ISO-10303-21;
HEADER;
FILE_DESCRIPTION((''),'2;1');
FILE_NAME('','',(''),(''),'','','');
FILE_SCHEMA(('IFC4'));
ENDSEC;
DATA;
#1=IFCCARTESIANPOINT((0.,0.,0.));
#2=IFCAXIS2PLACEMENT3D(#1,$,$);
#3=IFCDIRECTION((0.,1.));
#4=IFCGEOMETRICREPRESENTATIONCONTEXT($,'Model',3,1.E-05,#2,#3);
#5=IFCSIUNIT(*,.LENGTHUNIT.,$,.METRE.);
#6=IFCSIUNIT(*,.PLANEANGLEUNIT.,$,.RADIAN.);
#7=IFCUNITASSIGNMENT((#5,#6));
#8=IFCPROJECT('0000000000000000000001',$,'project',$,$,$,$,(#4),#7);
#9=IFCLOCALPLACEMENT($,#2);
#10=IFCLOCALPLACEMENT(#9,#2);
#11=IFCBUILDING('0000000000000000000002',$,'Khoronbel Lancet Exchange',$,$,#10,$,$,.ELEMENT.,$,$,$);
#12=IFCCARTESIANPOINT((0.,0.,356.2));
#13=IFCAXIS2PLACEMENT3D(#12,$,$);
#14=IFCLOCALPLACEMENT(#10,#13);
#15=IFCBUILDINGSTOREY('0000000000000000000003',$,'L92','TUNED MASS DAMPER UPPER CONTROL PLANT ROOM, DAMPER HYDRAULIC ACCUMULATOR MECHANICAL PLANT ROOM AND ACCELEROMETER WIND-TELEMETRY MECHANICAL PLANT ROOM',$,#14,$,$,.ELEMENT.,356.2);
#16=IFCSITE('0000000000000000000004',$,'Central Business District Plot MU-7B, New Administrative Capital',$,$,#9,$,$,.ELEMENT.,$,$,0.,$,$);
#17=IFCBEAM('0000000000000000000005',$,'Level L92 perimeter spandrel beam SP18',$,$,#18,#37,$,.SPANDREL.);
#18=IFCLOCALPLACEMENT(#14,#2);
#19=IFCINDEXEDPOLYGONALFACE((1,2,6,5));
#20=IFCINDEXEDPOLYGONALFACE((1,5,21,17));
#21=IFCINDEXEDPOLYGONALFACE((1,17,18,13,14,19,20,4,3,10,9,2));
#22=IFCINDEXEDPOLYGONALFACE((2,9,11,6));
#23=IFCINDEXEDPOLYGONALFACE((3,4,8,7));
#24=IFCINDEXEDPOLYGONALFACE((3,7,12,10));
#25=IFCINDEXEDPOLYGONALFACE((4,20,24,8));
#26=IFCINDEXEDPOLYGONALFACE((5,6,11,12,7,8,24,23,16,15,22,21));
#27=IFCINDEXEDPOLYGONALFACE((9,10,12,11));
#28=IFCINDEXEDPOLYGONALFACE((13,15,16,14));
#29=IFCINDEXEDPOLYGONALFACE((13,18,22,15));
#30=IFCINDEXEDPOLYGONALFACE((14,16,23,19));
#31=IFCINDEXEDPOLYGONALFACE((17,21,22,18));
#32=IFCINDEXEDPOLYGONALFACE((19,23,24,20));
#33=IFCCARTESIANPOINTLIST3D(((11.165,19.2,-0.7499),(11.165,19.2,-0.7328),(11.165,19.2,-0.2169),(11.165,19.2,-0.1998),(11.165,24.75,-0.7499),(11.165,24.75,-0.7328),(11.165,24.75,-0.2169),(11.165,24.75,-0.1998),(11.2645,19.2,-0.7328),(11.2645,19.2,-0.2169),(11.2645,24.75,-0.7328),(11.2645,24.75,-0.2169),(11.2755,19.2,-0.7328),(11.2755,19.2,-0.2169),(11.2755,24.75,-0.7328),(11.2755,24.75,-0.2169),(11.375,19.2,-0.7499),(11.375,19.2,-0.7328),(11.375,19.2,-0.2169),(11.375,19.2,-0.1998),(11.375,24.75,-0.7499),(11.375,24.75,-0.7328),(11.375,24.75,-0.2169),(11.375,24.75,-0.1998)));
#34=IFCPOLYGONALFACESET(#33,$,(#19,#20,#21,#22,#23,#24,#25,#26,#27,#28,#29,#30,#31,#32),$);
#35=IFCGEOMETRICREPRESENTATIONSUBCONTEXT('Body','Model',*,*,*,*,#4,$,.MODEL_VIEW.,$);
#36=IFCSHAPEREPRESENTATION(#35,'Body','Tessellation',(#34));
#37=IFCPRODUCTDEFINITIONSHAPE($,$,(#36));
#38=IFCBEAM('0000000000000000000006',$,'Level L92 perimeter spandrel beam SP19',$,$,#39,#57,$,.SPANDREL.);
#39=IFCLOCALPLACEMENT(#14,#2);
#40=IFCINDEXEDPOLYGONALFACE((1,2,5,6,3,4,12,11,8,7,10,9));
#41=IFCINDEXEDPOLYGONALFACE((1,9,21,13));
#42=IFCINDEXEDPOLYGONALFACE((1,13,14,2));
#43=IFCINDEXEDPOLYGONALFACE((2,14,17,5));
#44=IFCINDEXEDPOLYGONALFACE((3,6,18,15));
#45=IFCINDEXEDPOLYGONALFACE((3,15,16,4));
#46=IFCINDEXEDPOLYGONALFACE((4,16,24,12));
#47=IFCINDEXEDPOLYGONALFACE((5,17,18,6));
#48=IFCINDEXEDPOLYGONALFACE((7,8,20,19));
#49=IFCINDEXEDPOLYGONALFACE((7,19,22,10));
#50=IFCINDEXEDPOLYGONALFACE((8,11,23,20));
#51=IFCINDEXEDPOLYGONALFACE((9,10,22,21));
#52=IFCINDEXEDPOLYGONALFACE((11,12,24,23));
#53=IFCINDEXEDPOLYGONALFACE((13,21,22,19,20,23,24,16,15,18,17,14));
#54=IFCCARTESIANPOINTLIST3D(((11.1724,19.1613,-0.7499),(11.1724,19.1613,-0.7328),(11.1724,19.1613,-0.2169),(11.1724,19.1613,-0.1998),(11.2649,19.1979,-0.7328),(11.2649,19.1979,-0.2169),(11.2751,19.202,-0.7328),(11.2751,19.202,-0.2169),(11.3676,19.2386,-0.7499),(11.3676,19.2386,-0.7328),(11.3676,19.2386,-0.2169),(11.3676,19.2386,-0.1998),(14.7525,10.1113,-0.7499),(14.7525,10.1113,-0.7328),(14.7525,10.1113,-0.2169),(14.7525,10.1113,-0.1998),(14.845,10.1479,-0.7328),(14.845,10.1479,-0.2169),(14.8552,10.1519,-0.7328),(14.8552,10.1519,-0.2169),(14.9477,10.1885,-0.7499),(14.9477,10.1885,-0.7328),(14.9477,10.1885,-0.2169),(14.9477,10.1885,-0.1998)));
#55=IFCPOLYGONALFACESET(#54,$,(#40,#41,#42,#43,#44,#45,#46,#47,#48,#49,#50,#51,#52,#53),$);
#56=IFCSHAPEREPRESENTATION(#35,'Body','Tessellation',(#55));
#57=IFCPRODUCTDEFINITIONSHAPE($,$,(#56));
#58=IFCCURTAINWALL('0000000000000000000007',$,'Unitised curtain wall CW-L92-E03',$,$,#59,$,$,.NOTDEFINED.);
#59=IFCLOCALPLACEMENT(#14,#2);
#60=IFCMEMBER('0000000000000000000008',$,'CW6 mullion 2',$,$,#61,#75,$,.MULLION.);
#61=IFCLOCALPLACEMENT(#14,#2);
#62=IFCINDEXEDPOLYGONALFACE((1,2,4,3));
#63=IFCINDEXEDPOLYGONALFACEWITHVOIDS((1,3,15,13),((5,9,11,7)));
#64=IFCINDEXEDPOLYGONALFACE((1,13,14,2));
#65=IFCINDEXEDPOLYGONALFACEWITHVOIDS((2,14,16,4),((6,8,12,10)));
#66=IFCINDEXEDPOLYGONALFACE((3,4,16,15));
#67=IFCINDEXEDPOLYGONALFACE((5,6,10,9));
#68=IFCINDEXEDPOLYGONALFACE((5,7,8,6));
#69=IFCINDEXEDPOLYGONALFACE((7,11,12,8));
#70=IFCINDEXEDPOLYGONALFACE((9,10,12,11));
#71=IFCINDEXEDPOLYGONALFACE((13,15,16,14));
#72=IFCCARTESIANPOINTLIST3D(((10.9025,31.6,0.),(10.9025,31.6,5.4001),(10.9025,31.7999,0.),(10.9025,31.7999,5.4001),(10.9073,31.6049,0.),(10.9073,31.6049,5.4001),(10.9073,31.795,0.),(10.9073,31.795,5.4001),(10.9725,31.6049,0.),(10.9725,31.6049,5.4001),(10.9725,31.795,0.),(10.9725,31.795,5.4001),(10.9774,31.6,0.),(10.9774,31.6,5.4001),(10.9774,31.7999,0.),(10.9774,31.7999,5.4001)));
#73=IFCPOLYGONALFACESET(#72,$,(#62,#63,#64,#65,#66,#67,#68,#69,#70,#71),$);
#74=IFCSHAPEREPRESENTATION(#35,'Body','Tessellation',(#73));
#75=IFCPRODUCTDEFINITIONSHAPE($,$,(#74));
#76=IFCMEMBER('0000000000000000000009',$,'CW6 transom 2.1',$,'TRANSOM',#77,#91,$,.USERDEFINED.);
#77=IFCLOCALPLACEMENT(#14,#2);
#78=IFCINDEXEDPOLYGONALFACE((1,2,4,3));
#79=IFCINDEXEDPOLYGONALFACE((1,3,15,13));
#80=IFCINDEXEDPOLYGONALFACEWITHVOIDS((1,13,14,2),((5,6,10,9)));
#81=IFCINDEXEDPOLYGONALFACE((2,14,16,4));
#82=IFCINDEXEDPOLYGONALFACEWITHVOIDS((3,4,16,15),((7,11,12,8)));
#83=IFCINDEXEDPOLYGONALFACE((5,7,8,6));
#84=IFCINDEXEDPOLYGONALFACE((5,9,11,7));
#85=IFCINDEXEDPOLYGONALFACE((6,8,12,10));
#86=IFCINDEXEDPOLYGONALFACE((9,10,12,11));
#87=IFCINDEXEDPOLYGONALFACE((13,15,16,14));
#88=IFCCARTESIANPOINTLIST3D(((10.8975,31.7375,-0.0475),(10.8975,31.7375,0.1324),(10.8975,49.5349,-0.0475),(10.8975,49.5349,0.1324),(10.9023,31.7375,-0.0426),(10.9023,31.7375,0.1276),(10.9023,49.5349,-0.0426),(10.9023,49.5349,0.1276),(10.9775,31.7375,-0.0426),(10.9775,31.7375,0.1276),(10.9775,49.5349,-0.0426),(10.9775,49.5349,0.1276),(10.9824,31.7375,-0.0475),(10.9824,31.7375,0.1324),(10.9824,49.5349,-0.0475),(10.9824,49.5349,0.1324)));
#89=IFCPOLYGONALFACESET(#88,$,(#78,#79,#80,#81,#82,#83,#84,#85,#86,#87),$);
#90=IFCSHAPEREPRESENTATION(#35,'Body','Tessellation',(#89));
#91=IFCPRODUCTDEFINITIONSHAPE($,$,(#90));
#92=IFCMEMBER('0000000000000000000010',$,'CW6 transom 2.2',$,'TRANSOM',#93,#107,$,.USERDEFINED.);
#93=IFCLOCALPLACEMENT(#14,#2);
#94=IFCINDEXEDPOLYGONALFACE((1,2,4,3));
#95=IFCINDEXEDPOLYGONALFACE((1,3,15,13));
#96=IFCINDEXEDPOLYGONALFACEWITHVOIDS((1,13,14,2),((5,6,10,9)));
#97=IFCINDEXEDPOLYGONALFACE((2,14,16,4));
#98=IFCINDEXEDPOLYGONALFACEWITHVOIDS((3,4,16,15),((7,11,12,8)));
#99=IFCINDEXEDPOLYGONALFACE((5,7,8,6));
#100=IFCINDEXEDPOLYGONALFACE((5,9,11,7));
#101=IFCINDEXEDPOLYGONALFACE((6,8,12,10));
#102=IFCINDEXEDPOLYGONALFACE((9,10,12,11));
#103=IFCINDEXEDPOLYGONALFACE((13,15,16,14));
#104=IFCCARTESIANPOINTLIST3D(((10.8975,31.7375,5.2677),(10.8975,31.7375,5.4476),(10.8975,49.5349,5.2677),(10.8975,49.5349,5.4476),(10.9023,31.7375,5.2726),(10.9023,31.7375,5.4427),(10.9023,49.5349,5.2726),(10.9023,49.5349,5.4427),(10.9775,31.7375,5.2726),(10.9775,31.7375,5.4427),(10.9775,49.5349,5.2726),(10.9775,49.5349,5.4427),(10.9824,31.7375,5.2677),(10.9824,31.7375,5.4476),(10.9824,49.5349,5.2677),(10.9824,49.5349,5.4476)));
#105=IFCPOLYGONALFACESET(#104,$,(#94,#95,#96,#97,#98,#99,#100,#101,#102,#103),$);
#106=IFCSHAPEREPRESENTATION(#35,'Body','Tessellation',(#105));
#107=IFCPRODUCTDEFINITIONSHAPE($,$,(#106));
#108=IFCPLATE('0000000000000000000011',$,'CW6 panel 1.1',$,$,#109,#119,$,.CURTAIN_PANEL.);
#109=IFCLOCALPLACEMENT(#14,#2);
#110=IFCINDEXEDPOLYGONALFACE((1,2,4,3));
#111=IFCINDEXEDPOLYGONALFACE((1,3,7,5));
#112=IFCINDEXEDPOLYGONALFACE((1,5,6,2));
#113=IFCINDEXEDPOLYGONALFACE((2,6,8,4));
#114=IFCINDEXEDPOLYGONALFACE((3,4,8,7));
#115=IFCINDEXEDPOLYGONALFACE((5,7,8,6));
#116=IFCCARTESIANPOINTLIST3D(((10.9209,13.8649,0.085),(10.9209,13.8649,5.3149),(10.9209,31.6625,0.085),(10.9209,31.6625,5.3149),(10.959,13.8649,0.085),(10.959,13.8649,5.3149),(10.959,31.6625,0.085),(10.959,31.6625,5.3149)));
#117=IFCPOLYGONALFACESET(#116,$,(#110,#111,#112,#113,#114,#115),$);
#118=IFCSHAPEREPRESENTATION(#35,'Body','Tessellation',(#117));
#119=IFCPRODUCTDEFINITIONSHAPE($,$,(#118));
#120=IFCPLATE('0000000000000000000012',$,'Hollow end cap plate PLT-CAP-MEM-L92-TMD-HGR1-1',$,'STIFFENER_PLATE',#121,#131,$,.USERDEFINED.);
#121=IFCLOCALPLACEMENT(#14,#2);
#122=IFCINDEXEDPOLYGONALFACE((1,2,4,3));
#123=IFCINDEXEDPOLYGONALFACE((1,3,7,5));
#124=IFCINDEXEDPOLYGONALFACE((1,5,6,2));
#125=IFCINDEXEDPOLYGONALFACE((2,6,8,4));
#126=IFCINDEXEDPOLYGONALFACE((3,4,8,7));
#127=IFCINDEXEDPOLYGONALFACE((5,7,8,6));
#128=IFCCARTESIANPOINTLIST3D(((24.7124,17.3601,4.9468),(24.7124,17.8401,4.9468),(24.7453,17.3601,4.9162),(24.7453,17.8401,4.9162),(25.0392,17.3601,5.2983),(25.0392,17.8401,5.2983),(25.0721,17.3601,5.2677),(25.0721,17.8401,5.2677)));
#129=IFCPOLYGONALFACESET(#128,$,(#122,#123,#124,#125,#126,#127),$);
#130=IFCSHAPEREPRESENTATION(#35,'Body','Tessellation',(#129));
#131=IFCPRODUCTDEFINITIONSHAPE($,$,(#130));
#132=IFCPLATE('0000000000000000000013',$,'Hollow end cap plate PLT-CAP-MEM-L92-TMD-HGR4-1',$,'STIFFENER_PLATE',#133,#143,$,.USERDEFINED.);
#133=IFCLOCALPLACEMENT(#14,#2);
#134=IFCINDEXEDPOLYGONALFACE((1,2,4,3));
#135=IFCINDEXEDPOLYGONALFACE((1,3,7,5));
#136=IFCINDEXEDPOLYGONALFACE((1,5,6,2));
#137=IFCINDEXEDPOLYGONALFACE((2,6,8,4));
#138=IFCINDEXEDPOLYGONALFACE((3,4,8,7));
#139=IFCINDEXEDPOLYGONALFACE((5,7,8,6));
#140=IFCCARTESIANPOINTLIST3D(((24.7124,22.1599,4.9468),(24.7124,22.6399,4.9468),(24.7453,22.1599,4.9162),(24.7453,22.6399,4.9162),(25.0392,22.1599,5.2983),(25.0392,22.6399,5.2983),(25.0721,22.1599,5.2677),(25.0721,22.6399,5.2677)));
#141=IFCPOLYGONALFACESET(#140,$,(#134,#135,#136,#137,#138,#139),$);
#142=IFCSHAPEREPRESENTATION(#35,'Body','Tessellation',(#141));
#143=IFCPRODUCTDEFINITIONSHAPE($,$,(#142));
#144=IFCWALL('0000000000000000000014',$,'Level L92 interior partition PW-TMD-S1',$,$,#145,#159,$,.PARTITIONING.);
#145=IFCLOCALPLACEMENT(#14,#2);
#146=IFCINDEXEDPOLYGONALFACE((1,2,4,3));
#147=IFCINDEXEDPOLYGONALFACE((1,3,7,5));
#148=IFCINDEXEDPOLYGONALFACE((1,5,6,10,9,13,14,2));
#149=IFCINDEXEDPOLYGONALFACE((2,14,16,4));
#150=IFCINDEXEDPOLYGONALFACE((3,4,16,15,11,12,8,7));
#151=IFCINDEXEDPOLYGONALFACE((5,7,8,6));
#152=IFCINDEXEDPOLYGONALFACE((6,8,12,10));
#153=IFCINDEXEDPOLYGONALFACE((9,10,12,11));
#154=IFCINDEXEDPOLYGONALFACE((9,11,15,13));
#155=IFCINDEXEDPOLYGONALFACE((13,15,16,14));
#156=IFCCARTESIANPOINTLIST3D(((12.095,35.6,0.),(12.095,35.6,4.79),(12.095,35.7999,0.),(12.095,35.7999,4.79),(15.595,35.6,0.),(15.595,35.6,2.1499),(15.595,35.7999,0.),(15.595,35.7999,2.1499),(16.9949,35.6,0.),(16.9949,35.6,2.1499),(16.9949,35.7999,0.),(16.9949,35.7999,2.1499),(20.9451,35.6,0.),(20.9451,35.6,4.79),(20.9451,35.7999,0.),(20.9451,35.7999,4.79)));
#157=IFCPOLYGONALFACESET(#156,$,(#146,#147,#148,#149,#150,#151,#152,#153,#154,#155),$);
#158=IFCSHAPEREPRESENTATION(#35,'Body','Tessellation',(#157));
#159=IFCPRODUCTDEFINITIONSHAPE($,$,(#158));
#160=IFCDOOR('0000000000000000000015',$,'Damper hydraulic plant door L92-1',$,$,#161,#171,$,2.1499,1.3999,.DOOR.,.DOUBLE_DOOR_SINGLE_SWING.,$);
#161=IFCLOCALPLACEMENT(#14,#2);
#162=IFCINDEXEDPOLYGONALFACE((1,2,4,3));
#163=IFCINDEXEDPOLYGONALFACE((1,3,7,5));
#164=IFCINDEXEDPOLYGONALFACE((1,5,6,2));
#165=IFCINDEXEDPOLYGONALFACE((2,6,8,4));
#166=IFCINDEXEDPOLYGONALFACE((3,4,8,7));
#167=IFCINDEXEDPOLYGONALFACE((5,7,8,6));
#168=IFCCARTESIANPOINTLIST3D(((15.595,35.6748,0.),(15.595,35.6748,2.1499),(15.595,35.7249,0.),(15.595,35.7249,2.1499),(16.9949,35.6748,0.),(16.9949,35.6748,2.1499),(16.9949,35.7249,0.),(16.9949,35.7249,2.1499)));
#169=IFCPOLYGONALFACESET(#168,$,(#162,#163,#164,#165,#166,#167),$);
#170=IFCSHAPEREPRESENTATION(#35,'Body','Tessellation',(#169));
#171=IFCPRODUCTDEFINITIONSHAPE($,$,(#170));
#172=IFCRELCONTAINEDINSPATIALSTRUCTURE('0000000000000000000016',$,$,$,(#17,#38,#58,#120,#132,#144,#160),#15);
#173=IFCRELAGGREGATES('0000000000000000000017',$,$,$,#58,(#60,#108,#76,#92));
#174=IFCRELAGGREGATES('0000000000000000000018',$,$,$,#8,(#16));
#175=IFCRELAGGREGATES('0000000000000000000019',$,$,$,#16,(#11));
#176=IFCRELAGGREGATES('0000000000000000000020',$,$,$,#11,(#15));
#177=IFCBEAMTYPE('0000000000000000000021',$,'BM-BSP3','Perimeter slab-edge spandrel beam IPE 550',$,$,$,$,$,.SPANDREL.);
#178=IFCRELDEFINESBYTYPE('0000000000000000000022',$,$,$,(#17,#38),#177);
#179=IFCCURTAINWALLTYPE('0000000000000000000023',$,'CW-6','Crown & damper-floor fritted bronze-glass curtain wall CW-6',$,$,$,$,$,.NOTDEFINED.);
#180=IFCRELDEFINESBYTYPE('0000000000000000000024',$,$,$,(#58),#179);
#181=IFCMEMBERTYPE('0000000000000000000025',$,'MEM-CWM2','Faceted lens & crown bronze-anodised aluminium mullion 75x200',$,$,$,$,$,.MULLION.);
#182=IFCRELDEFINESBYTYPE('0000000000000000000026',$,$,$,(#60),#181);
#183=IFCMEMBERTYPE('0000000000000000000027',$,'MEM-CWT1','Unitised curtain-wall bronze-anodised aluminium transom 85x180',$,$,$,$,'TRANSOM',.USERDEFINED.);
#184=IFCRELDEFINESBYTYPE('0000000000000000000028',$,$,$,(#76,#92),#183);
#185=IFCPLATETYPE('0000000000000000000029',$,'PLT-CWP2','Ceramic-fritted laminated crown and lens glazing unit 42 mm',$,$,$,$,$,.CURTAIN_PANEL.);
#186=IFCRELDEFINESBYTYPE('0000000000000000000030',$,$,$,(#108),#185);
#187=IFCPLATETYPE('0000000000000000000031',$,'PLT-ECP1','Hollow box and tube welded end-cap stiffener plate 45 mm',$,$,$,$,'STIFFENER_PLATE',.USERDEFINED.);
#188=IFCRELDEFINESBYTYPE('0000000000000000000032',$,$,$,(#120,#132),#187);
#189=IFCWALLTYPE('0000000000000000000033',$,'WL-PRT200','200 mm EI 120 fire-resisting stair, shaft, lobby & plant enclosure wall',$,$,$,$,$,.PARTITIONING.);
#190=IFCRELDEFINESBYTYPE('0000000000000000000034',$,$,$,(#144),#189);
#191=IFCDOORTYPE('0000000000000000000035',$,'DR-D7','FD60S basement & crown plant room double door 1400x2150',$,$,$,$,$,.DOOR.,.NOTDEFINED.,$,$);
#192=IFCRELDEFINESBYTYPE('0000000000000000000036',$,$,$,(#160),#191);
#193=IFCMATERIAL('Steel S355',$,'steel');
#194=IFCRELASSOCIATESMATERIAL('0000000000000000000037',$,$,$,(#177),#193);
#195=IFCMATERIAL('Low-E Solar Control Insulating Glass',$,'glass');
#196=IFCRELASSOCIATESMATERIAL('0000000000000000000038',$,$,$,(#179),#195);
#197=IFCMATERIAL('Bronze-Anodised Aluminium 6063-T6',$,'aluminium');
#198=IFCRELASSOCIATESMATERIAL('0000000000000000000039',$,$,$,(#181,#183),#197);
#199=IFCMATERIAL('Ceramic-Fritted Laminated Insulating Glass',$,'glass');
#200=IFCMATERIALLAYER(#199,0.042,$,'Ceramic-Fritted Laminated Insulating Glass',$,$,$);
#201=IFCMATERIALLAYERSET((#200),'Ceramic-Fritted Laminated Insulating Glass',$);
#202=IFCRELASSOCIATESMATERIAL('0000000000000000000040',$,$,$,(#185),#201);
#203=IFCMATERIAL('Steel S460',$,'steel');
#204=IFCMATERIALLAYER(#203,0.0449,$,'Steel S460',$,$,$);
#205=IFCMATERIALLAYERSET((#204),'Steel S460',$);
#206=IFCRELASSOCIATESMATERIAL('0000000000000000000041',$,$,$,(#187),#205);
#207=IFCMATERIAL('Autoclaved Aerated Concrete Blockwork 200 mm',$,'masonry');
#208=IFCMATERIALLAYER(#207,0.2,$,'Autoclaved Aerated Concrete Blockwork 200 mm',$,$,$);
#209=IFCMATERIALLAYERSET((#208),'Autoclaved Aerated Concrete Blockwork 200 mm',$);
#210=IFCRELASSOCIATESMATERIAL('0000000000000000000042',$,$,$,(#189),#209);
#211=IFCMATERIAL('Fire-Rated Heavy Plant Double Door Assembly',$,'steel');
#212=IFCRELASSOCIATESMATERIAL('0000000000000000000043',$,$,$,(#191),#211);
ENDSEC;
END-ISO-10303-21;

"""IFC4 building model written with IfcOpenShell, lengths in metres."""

from ifc_helpers import new_model, si_unit, direction, frame, frame_2d, origin, origin_2d, place, context, subcontext, project, spatial, polyline, rectangle, hollow_rectangle, i_section, outline, extrude, material, layer, layer_set, material_profile, profile_set, type_object, element, fill, aggregate, save


model = new_model("IFC4")

# Units and contexts
model_context = context("Model", 3, precision=1e-05, world=origin(), true_north=direction((0.0, 1.0)))
body_context = subcontext(model_context, "Body", "Model", "MODEL_VIEW")
ifc_project = project(units=[si_unit("LENGTHUNIT", "METRE"), si_unit("PLANEANGLEUNIT", "RADIAN")], contexts=[model_context])

# Site, building, storey
site_placement = place(None, origin())
site = spatial("IfcSite", under=ifc_project, at=site_placement, Name="Central Business District Plot MU-7B, New Administrative Capital", CompositionType="ELEMENT", RefElevation=0.0)
building_placement = place(site_placement, origin())
building = spatial("IfcBuilding", under=site, at=building_placement, Name="Khoronbel Lancet Exchange", CompositionType="ELEMENT")
storey_placement = place(building_placement, frame((0.0, 0.0, 356.2)))
storey = spatial("IfcBuildingStorey", under=building, at=storey_placement, Name="L92", Description="TUNED MASS DAMPER UPPER CONTROL PLANT ROOM, DAMPER HYDRAULIC ACCUMULATOR MECHANICAL PLANT ROOM AND ACCELEROMETER WIND-TELEMETRY MECHANICAL PLANT ROOM", CompositionType="ELEMENT", Elevation=356.2)

# Shared definitions
ifc_material_1 = material(Name="Steel S355", Category="steel")

# Beams
ifc_material_profile_1 = material_profile(ifc_material_1, i_section(OverallWidth=0.21, OverallDepth=0.55, WebThickness=0.011, FlangeThickness=0.0171, at=origin_2d()), Name="IPE 550")
ifc_profile_set_1 = profile_set([ifc_material_profile_1], Name="Steel S355")
beam_type_1 = type_object("IfcBeamType", Name="BM-BSP3", Description="Perimeter slab-edge spandrel beam IPE 550", PredefinedType="SPANDREL", material=ifc_profile_set_1)
beam_1_placement = place(storey_placement, frame((11.27, 24.75, -0.4749), z_axis=(0.0, -1.0, 0.0), x_axis=(1.0, 0.0, 0.0)))
element("IfcBeam", 1, at=beam_1_placement, inside=storey, type_object=beam_type_1, Name="Level L92 perimeter spandrel beam SP18", PredefinedType="SPANDREL", context=body_context, shape_type="SweptSolid", body=[
    extrude(i_section(OverallWidth=0.21, OverallDepth=0.55, WebThickness=0.011, FlangeThickness=0.0171, at=origin_2d()), origin(), (0.0, 0.0, 1.0), 5.55),
])
beam_2_placement = place(storey_placement, frame((11.27, 19.2, -0.4749), z_axis=(0.36785, -0.929885, 0.0), x_axis=(0.929885, 0.36785, 0.0)))
element("IfcBeam", 2, at=beam_2_placement, inside=storey, type_object=beam_type_1, Name="Level L92 perimeter spandrel beam SP19", PredefinedType="SPANDREL", context=body_context, shape_type="SweptSolid", body=[
    extrude(i_section(OverallWidth=0.21, OverallDepth=0.55, WebThickness=0.011, FlangeThickness=0.0171, at=origin_2d()), origin(), (0.0, 0.0, 1.0), 9.7324),
])

# Curtain wall, members, plate
ifc_material_2 = material(Name="Low-E Solar Control Insulating Glass", Category="glass")
curtain_wall_type = type_object("IfcCurtainWallType", Name="CW-6", Description="Crown & damper-floor fritted bronze-glass curtain wall CW-6", PredefinedType="NOTDEFINED", material=ifc_material_2)
curtain_wall_placement = place(storey_placement, origin())
curtain_wall = element("IfcCurtainWall", 3, at=curtain_wall_placement, inside=storey, type_object=curtain_wall_type, Name="Unitised curtain wall CW-L92-E03", PredefinedType="NOTDEFINED")
ifc_material_3 = material(Name="Bronze-Anodised Aluminium 6063-T6", Category="aluminium")
ifc_material_profile_2 = material_profile(ifc_material_3, hollow_rectangle(XDim=0.075, YDim=0.2, WallThickness=0.0049, at=origin_2d()), Name="ALU MULLION 75x200")
ifc_profile_set_2 = profile_set([ifc_material_profile_2], Name="Bronze-Anodised Aluminium 6063-T6")
member_type_1 = type_object("IfcMemberType", Name="MEM-CWM2", Description="Faceted lens & crown bronze-anodised aluminium mullion 75x200", PredefinedType="MULLION", material=ifc_profile_set_2)
member_1_placement = place(storey_placement, frame((10.9399, 31.7, 0.0), z_axis=(0.0, 0.0, 1.0), x_axis=(-1.0, 0.0, 0.0)))
member_1 = element("IfcMember", 4, at=member_1_placement, type_object=member_type_1, Name="CW6 mullion 2", PredefinedType="MULLION", context=body_context, shape_type="SweptSolid", body=[
    extrude(hollow_rectangle(XDim=0.075, YDim=0.2, WallThickness=0.0049, at=origin_2d()), origin(), (0.0, 0.0, 1.0), 5.4001),
])
ifc_material_profile_3 = material_profile(ifc_material_3, hollow_rectangle(XDim=0.085, YDim=0.1799, WallThickness=0.0049, at=origin_2d()), Name="ALU TRANSOM 85x180")
ifc_profile_set_3 = profile_set([ifc_material_profile_3], Name="Bronze-Anodised Aluminium 6063-T6")
member_type_2 = type_object("IfcMemberType", Name="MEM-CWT1", Description="Unitised curtain-wall bronze-anodised aluminium transom 85x180", ElementType="TRANSOM", PredefinedType="USERDEFINED", material=ifc_profile_set_3)
member_2_placement = place(storey_placement, frame((10.9399, 31.7375, 0.0425), z_axis=(0.0, 1.0, 0.0), x_axis=(-1.0, 0.0, 0.0)))
member_2 = element("IfcMember", 5, at=member_2_placement, type_object=member_type_2, Name="CW6 transom 2.1", ObjectType="TRANSOM", PredefinedType="USERDEFINED", context=body_context, shape_type="SweptSolid", body=[
    extrude(hollow_rectangle(XDim=0.085, YDim=0.1799, WallThickness=0.0049, at=origin_2d()), origin(), (0.0, 0.0, 1.0), 17.7974),
])
member_3_placement = place(storey_placement, frame((10.9399, 31.7375, 5.3577), z_axis=(0.0, 1.0, 0.0), x_axis=(-1.0, 0.0, 0.0)))
member_3 = element("IfcMember", 6, at=member_3_placement, type_object=member_type_2, Name="CW6 transom 2.2", ObjectType="TRANSOM", PredefinedType="USERDEFINED", context=body_context, shape_type="SweptSolid", body=[
    extrude(hollow_rectangle(XDim=0.085, YDim=0.1799, WallThickness=0.0049, at=origin_2d()), origin(), (0.0, 0.0, 1.0), 17.7974),
])
ifc_material_4 = material(Name="Ceramic-Fritted Laminated Insulating Glass", Category="glass")
ifc_layer_1 = layer(ifc_material_4, 0.042, Name="Ceramic-Fritted Laminated Insulating Glass")
ifc_layer_set_1 = layer_set([ifc_layer_1], Name="Ceramic-Fritted Laminated Insulating Glass")
plate_type_1 = type_object("IfcPlateType", Name="PLT-CWP2", Description="Ceramic-fritted laminated crown and lens glazing unit 42 mm", PredefinedType="CURTAIN_PANEL", material=ifc_layer_set_1)
plate_placement = place(storey_placement, frame((10.9399, 22.7637, 0.085), z_axis=(0.0, 0.0, 1.0), x_axis=(0.0, 1.0, 0.0)))
plate = element("IfcPlate", 7, at=plate_placement, type_object=plate_type_1, Name="CW6 panel 1.1", PredefinedType="CURTAIN_PANEL", context=body_context, shape_type="SweptSolid", body=[
    extrude(rectangle(XDim=17.7976, YDim=0.0381, at=origin_2d()), origin(), (0.0, 0.0, 1.0), 5.23),
])
aggregate(curtain_wall, [member_1, plate, member_2, member_3])

# Plates
ifc_material_5 = material(Name="Steel S460", Category="steel")
ifc_layer_2 = layer(ifc_material_5, 0.0449, Name="Steel S460")
ifc_layer_set_2 = layer_set([ifc_layer_2], Name="Steel S460")
plate_type_2 = type_object("IfcPlateType", Name="PLT-ECP1", Description="Hollow box and tube welded end-cap stiffener plate 45 mm", ElementType="STIFFENER_PLATE", PredefinedType="USERDEFINED", material=ifc_layer_set_2)
for number, where, z_axis, x_axis, name in (
    (8, (24.7124, 17.8401, 4.9468), (-0.732322, 0.0, 0.680958), (0.0, -1.0, 0.0), "Hollow end cap plate PLT-CAP-MEM-L92-TMD-HGR1-1"),
    (9, (24.7124, 22.6399, 4.9468), (-0.732322, 0.0, 0.680958), (0.0, -1.0, 0.0), "Hollow end cap plate PLT-CAP-MEM-L92-TMD-HGR4-1"),
):
    element("IfcPlate", number, at=place(storey_placement, frame(where, z_axis=z_axis, x_axis=x_axis)), inside=storey, type_object=plate_type_2, Name=name, ObjectType="STIFFENER_PLATE", PredefinedType="USERDEFINED", context=body_context, shape_type="SweptSolid", body=[
        extrude(outline(polyline([(0.0, 0.0), (0.48, 0.0), (0.48, 0.48), (0.0, 0.48), (0.0, 0.0)])), origin(), (0.0, 0.0, -1.0), 0.0449),
    ])

# Wall, opening, door
ifc_material_6 = material(Name="Autoclaved Aerated Concrete Blockwork 200 mm", Category="masonry")
ifc_layer_3 = layer(ifc_material_6, 0.2, Name="Autoclaved Aerated Concrete Blockwork 200 mm")
ifc_layer_set_3 = layer_set([ifc_layer_3], Name="Autoclaved Aerated Concrete Blockwork 200 mm")
wall_type = type_object("IfcWallType", Name="WL-PRT200", Description="200 mm EI 120 fire-resisting stair, shaft, lobby & plant enclosure wall", PredefinedType="PARTITIONING", material=ifc_layer_set_3)
wall_1_placement = place(storey_placement, frame((12.095, 35.7, 0.0), z_axis=(0.0, 0.0, 1.0), x_axis=(1.0, 0.0, 0.0)))
wall_1 = element("IfcWall", 10, at=wall_1_placement, inside=storey, type_object=wall_type, Name="Level L92 interior partition PW-TMD-S1", PredefinedType="PARTITIONING", context=body_context, shape_type="SweptSolid", body=[
    extrude(rectangle(XDim=8.8501, YDim=0.2, at=frame_2d((4.425, 0.0))), origin(), (0.0, 0.0, 1.0), 4.79),
])
opening_placement = place(wall_1_placement, frame((3.5, 0.0, 0.0)))
opening = element("IfcOpeningElement", 11, at=opening_placement, cuts=wall_1, PredefinedType="OPENING", context=body_context, shape_type="SweptSolid", body=[
    extrude(rectangle(XDim=1.3999, YDim=2.1499, at=frame_2d((0.7, 1.075))), frame((0.0, 0.1099, 0.0), z_axis=(0.0, -1.0, 0.0), x_axis=(1.0, 0.0, 0.0)), (0.0, 0.0, 1.0), 0.22),
])
ifc_material_7 = material(Name="Fire-Rated Heavy Plant Double Door Assembly", Category="steel")
door_type = type_object("IfcDoorType", Name="DR-D7", Description="FD60S basement & crown plant room double door 1400x2150", OperationType="NOTDEFINED", PredefinedType="DOOR", material=ifc_material_7)
door_placement = place(opening_placement, origin())
door = element("IfcDoor", 12, at=door_placement, inside=storey, type_object=door_type, Name="Damper hydraulic plant door L92-1", OperationType="DOUBLE_DOOR_SINGLE_SWING", OverallHeight=2.1499, OverallWidth=1.3999, PredefinedType="DOOR", context=body_context, shape_type="SweptSolid", body=[
    extrude(rectangle(XDim=1.3999, YDim=2.1499, at=frame_2d((0.7, 1.075))), frame((0.0, 0.0249, 0.0), z_axis=(0.0, -1.0, 0.0), x_axis=(1.0, 0.0, 0.0)), (0.0, 0.0, 1.0), 0.05),
])
fill(opening, door)

save(model, "model.ifc")
